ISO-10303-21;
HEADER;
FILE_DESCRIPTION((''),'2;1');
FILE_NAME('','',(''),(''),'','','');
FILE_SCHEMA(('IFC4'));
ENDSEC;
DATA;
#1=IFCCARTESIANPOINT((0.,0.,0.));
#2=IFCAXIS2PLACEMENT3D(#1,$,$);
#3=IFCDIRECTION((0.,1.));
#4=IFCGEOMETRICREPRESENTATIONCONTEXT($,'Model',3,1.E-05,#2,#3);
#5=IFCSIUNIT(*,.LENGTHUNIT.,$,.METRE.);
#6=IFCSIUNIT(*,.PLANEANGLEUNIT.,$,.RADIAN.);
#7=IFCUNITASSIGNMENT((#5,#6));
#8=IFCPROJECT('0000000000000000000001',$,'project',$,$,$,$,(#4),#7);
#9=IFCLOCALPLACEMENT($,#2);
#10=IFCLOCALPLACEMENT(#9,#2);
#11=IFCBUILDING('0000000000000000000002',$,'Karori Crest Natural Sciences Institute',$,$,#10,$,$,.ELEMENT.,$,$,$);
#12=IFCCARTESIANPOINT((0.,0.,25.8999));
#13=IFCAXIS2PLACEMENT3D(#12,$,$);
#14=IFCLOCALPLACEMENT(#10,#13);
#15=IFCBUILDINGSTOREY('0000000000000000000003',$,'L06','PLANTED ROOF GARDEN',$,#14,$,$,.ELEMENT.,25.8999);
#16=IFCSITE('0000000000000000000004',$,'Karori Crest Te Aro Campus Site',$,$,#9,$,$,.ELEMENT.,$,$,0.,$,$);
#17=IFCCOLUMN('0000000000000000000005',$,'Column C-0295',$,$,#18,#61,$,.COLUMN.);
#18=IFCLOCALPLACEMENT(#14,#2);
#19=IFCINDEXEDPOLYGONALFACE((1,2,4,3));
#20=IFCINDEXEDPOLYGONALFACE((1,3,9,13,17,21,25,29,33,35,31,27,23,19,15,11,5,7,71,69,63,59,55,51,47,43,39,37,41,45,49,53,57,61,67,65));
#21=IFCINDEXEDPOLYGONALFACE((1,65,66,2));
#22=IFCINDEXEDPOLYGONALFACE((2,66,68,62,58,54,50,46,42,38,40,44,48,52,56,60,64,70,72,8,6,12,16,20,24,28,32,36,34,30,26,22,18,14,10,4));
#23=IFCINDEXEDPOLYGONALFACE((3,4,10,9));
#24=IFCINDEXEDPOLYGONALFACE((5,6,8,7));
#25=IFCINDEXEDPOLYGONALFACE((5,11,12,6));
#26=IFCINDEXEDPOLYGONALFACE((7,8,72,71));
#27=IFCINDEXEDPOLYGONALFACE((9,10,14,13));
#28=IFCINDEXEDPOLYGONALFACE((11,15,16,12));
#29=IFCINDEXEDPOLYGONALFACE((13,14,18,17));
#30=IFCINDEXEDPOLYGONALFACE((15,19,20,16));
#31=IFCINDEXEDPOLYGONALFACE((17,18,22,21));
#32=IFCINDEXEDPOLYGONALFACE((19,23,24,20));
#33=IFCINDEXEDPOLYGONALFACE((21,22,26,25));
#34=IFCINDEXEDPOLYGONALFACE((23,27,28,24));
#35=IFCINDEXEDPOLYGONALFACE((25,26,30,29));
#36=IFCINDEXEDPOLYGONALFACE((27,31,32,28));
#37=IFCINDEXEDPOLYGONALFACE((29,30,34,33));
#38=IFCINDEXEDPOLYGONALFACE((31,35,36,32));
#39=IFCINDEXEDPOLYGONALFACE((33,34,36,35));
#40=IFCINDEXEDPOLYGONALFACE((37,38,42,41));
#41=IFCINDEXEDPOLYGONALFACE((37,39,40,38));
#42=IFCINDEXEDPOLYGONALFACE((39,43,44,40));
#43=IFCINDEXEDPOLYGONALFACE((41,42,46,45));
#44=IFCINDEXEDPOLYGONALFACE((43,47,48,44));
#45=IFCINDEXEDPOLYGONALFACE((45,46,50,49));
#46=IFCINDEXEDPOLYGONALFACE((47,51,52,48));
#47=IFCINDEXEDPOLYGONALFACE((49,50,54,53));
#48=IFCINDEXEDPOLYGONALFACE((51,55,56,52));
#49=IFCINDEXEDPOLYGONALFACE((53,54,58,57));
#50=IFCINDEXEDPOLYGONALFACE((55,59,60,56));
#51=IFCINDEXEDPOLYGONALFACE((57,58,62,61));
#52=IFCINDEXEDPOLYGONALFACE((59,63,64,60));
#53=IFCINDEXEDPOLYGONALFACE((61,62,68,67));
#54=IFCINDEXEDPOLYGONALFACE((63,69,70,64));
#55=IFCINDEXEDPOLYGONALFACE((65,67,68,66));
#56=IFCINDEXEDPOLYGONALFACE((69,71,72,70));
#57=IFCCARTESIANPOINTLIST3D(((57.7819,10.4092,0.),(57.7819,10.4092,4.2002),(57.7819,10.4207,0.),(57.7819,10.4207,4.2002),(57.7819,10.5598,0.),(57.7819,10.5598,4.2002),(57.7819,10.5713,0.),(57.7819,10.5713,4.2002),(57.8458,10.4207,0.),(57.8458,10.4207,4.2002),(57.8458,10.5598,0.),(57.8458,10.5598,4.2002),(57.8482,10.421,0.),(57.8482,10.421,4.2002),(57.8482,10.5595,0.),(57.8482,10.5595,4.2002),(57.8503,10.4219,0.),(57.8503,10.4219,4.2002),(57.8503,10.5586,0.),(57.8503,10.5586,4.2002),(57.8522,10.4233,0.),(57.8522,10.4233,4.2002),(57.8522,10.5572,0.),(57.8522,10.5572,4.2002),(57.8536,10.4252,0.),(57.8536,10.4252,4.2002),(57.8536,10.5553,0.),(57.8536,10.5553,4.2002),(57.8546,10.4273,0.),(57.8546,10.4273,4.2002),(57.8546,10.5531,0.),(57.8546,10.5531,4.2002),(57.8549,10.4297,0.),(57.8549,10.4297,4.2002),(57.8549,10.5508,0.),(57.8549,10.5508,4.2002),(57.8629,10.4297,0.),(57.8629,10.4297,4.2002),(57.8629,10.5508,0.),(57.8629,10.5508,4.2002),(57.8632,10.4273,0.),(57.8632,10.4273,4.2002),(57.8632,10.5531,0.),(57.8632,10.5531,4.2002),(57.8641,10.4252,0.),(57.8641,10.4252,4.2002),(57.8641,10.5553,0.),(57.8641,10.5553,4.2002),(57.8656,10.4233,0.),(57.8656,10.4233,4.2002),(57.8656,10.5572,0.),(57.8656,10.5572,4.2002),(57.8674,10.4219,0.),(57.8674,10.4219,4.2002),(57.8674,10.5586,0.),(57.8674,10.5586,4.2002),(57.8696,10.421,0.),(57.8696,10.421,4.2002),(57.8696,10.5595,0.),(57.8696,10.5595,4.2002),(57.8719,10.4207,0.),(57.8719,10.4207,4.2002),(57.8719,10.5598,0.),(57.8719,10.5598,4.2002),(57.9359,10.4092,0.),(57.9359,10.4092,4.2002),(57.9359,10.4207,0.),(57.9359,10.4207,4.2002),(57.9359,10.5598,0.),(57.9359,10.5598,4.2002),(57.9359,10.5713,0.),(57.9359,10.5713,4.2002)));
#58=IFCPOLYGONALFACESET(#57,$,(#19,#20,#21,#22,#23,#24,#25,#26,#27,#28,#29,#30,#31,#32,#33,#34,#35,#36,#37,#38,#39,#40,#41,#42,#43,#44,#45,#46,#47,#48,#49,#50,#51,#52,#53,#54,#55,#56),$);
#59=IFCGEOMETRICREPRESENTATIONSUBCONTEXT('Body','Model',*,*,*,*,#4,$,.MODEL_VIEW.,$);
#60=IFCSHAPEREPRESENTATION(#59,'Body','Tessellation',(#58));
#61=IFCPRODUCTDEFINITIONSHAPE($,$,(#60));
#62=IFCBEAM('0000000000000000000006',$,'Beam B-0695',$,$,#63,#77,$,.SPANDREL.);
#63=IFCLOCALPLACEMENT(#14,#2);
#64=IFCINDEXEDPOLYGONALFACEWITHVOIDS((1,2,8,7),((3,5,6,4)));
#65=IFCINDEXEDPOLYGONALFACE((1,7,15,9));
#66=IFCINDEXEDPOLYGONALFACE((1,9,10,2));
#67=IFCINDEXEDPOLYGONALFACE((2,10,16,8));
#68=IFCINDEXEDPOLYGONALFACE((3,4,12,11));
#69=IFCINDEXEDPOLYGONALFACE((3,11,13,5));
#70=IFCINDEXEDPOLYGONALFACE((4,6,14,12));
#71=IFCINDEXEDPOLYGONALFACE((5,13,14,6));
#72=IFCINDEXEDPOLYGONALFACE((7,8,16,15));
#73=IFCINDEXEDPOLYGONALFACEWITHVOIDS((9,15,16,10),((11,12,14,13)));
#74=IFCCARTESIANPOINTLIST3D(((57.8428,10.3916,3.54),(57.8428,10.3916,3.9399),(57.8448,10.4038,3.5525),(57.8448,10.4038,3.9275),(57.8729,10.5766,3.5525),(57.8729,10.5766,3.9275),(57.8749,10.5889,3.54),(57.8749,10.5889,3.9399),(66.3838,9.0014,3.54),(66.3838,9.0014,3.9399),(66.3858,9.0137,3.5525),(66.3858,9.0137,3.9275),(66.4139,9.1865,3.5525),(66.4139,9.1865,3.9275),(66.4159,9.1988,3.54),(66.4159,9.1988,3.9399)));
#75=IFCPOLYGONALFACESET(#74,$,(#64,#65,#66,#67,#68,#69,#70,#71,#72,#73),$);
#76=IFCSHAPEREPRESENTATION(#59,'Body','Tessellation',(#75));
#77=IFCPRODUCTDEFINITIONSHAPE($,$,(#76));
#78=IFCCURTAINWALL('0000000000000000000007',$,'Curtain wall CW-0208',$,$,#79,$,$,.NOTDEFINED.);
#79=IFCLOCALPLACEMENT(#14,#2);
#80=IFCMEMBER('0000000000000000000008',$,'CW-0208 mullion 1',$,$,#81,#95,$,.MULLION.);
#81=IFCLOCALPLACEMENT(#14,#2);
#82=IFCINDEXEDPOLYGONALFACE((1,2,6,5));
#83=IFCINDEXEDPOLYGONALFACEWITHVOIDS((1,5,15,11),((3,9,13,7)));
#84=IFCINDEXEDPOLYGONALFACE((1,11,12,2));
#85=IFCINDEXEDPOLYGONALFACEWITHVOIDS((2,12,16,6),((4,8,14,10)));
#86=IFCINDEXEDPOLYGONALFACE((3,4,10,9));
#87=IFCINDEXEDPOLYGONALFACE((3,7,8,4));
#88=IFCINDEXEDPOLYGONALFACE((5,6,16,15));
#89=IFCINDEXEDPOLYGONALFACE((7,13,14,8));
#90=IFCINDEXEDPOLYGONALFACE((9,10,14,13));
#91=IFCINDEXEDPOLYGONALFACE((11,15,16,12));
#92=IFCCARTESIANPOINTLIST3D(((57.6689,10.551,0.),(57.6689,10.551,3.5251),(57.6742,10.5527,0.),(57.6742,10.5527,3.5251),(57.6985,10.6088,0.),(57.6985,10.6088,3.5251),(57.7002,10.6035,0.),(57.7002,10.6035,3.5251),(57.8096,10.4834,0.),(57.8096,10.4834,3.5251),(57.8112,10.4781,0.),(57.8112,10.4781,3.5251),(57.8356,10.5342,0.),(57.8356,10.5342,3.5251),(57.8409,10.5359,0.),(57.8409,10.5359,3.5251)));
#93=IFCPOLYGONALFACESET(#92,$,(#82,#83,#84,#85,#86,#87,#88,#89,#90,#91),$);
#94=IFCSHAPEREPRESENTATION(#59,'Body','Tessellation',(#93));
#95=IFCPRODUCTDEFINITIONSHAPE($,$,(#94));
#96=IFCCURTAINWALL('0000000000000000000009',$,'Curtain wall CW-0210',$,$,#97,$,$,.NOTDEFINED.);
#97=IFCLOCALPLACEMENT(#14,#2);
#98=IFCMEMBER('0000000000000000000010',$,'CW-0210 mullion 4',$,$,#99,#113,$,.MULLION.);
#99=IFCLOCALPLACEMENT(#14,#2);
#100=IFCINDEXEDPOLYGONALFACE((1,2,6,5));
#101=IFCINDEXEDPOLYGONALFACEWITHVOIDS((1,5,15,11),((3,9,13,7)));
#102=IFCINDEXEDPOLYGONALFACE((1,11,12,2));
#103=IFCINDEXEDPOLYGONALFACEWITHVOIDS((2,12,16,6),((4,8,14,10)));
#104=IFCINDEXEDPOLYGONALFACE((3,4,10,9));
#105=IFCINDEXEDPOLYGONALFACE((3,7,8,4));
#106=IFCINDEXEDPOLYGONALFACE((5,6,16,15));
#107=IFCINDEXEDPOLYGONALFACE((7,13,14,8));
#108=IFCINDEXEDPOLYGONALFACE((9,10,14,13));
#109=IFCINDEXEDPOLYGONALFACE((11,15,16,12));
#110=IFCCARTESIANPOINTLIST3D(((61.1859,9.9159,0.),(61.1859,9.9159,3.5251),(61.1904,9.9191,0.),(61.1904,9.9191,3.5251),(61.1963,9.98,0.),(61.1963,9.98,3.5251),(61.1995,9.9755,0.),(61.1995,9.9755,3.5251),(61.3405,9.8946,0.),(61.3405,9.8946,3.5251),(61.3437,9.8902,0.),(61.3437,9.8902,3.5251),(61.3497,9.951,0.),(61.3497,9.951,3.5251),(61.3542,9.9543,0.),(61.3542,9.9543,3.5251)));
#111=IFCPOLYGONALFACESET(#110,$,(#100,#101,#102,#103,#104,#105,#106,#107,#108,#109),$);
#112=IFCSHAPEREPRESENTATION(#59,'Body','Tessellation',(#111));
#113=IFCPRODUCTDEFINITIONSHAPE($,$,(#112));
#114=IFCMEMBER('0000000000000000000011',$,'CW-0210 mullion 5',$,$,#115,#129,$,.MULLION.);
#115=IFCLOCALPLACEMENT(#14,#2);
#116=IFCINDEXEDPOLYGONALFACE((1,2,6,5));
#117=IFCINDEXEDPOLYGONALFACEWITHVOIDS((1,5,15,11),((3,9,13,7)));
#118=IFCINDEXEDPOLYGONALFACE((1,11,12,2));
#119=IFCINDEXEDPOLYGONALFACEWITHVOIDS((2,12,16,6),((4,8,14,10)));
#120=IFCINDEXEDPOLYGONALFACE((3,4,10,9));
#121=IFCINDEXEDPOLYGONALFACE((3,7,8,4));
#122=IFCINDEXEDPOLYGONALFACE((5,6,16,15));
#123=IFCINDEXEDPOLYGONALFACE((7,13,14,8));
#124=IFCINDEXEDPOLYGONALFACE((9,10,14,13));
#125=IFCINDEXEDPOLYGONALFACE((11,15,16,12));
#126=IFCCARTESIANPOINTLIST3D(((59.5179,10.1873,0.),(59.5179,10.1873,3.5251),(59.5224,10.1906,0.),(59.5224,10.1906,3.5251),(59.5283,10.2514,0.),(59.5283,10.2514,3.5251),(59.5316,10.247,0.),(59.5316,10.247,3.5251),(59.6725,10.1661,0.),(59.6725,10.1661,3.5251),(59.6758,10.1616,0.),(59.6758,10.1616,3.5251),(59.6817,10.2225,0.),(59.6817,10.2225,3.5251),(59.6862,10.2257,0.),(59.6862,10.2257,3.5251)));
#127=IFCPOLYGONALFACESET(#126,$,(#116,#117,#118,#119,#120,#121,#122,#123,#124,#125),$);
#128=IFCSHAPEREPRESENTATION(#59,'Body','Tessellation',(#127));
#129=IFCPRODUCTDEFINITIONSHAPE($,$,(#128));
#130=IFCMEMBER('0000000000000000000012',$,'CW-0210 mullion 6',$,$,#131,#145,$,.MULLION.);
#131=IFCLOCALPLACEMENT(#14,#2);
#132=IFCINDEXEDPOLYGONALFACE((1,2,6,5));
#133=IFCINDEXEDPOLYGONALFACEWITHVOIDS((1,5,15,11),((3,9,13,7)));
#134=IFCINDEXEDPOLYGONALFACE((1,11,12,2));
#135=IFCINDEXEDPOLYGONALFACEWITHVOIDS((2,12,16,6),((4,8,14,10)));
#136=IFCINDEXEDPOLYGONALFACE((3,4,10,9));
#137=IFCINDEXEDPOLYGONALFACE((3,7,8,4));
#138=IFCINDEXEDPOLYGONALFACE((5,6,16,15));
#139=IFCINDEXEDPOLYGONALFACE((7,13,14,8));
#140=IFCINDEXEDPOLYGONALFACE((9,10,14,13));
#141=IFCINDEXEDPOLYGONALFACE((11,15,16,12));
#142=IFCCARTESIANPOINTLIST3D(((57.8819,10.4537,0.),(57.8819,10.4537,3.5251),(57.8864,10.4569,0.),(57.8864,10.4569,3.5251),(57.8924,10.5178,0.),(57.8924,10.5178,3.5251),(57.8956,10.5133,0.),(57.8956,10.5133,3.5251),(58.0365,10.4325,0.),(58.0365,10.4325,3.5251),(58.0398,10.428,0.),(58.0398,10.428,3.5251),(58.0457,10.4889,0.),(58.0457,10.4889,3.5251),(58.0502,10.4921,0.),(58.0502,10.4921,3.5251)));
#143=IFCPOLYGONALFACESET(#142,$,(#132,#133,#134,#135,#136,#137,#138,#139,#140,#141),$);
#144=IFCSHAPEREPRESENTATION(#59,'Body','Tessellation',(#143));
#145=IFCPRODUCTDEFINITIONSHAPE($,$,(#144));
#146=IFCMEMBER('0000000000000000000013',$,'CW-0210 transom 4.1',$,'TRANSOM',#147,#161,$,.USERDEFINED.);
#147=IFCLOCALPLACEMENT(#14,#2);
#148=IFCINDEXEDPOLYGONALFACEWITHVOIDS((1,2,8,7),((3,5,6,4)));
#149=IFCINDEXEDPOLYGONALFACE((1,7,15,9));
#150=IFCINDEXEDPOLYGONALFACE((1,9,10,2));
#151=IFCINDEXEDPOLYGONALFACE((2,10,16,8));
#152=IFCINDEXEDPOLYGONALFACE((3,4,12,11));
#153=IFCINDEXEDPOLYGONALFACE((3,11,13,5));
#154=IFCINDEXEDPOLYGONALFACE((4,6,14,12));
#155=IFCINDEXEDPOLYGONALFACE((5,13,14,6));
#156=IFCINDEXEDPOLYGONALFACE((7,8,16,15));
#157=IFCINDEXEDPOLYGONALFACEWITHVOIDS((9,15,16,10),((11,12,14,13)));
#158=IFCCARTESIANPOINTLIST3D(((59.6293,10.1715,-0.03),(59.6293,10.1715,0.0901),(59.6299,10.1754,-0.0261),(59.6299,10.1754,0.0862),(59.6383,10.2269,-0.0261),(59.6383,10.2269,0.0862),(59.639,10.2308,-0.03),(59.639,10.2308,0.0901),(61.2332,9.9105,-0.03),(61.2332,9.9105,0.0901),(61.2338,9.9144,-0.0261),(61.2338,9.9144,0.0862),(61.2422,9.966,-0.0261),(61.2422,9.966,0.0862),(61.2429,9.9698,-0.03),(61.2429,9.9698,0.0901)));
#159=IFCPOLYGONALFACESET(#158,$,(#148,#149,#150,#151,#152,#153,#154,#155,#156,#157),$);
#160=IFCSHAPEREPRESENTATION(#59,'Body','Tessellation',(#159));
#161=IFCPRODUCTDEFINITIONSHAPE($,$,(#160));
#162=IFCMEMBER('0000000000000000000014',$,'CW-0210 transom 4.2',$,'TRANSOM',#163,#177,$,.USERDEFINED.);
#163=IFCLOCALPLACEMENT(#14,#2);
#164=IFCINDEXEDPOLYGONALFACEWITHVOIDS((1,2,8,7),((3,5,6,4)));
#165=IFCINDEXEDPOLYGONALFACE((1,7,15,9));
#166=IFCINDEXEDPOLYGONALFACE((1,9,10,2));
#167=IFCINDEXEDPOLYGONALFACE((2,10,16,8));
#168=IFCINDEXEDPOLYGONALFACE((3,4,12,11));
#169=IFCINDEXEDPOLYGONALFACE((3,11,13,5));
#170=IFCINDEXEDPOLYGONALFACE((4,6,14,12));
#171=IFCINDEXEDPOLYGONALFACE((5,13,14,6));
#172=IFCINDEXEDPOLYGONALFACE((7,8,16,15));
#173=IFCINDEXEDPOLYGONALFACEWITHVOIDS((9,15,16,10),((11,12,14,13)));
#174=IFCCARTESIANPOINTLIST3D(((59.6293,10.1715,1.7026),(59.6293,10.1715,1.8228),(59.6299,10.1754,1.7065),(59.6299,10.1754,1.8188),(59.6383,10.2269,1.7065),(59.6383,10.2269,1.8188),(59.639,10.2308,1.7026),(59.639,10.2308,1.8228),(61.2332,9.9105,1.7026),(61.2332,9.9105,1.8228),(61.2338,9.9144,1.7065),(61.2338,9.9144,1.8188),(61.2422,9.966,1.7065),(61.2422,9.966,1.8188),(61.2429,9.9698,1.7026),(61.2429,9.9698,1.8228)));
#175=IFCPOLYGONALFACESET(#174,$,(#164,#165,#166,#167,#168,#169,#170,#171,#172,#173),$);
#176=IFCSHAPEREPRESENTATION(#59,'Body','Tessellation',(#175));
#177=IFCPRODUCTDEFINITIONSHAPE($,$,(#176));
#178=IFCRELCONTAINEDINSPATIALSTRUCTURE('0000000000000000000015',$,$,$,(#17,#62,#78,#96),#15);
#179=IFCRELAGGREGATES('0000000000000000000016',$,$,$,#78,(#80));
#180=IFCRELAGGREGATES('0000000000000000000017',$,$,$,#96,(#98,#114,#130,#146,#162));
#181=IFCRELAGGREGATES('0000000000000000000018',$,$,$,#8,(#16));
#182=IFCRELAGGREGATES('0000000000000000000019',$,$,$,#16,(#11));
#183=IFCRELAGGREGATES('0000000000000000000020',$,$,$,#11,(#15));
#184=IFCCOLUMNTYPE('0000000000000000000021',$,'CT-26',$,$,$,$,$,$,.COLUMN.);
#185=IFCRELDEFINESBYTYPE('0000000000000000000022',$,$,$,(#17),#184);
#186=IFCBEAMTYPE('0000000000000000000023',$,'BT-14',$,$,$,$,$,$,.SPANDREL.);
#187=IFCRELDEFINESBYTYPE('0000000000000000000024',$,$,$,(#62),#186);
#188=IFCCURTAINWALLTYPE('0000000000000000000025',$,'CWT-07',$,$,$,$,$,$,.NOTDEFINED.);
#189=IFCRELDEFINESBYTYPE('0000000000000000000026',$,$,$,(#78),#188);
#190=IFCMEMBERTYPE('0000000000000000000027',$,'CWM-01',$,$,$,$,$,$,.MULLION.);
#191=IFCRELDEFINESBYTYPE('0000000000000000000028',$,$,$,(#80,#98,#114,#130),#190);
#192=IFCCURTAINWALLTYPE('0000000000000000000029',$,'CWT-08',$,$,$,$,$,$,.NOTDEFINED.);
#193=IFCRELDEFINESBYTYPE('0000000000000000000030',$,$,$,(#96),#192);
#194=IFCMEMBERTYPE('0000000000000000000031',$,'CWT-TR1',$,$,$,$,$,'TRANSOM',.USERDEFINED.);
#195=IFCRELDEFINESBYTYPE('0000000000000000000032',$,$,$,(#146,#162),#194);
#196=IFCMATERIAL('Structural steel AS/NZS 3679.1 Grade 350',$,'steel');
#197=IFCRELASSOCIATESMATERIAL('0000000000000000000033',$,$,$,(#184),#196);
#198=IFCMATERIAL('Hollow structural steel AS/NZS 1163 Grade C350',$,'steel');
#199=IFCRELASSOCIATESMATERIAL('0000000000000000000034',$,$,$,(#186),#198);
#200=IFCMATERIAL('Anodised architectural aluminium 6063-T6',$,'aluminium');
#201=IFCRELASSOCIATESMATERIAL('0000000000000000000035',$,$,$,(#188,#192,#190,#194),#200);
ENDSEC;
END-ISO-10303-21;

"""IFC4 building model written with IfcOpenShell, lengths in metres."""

from ifc_helpers import new_model, si_unit, direction, frame, origin, origin_2d, place, context, subcontext, project, spatial, hollow_rectangle, i_section, extrude, material, material_profile, profile_set, type_object, element, aggregate, save


model = new_model("IFC4")

# Units and contexts
model_context = context("Model", 3, precision=1e-05, world=origin(), true_north=direction((0.0, 1.0)))
body_context = subcontext(model_context, "Body", "Model", "MODEL_VIEW")
ifc_project = project(units=[si_unit("LENGTHUNIT", "METRE"), si_unit("PLANEANGLEUNIT", "RADIAN")], contexts=[model_context])

# Site, building, storey
site_placement = place(None, origin())
site = spatial("IfcSite", under=ifc_project, at=site_placement, Name="Karori Crest Te Aro Campus Site", CompositionType="ELEMENT", RefElevation=0.0)
building_placement = place(site_placement, origin())
building = spatial("IfcBuilding", under=site, at=building_placement, Name="Karori Crest Natural Sciences Institute", CompositionType="ELEMENT")
storey_placement = place(building_placement, frame((0.0, 0.0, 25.8999)))
storey = spatial("IfcBuildingStorey", under=building, at=storey_placement, Name="L06", Description="PLANTED ROOF GARDEN", CompositionType="ELEMENT", Elevation=25.8999)

# Column
ifc_material_1 = material(Name="Structural steel AS/NZS 3679.1 Grade 350", Category="steel")
ifc_material_profile_1 = material_profile(ifc_material_1, i_section(OverallWidth=0.1541, OverallDepth=0.1621, WebThickness=0.0081, FlangeThickness=0.0115, FilletRadius=0.009, at=origin_2d()), Name="150UC37.2")
ifc_profile_set_1 = profile_set([ifc_material_profile_1], Name="Structural steel AS/NZS 3679.1 Grade 350")
column_type = type_object("IfcColumnType", Name="CT-26", PredefinedType="COLUMN", material=ifc_profile_set_1)
column_placement = place(storey_placement, frame((57.8589, 10.4902, 0.0), z_axis=(0.0, 0.0, 1.0), x_axis=(1.0, 0.0, 0.0)))
element("IfcColumn", 1, at=column_placement, inside=storey, type_object=column_type, Name="Column C-0295", PredefinedType="COLUMN", context=body_context, shape_type="SweptSolid", body=[
    extrude(i_section(OverallWidth=0.1541, OverallDepth=0.1621, WebThickness=0.0081, FlangeThickness=0.0115, FilletRadius=0.009, at=origin_2d()), origin(), (0.0, 0.0, 1.0), 4.2002),
])

# Beam
ifc_material_2 = material(Name="Hollow structural steel AS/NZS 1163 Grade C350", Category="steel")
ifc_material_profile_2 = material_profile(ifc_material_2, hollow_rectangle(XDim=0.2, YDim=0.3999, WallThickness=0.0125, at=origin_2d()), Name="RHS400x200x12.5")
ifc_profile_set_2 = profile_set([ifc_material_profile_2], Name="Hollow structural steel AS/NZS 1163 Grade C350")
beam_type = type_object("IfcBeamType", Name="BT-14", PredefinedType="SPANDREL", material=ifc_profile_set_2)
beam_placement = place(storey_placement, frame((57.8589, 10.4902, 3.74), z_axis=(0.987012, -0.160646, 0.0), x_axis=(0.160646, 0.987012, 0.0)))
element("IfcBeam", 2, at=beam_placement, inside=storey, type_object=beam_type, Name="Beam B-0695", PredefinedType="SPANDREL", context=body_context, shape_type="SweptSolid", body=[
    extrude(hollow_rectangle(XDim=0.2, YDim=0.3999, WallThickness=0.0125, at=origin_2d()), origin(), (0.0, 0.0, 1.0), 8.6533),
])

# Curtain wall, member
ifc_material_3 = material(Name="Anodised architectural aluminium 6063-T6", Category="aluminium")
curtain_wall_type_1 = type_object("IfcCurtainWallType", Name="CWT-07", PredefinedType="NOTDEFINED", material=ifc_material_3)
curtain_wall_1_placement = place(storey_placement, origin())
curtain_wall_1 = element("IfcCurtainWall", 3, at=curtain_wall_1_placement, inside=storey, type_object=curtain_wall_type_1, Name="Curtain wall CW-0208", PredefinedType="NOTDEFINED")
ifc_material_profile_3 = material_profile(ifc_material_3, hollow_rectangle(XDim=0.0649, YDim=0.1599, WallThickness=0.0039, at=origin_2d()), Name="CWM160x65x4")
ifc_profile_set_3 = profile_set([ifc_material_profile_3], Name="Anodised architectural aluminium 6063-T6")
member_type_1 = type_object("IfcMemberType", Name="CWM-01", PredefinedType="MULLION", material=ifc_profile_set_3)
member_1_placement = place(storey_placement, frame((57.7549, 10.5435, 0.0), z_axis=(0.0, 0.0, 1.0), x_axis=(-0.455829, -0.890067, 0.0)))
member_1 = element("IfcMember", 4, at=member_1_placement, type_object=member_type_1, Name="CW-0208 mullion 1", PredefinedType="MULLION", context=body_context, shape_type="SweptSolid", body=[
    extrude(hollow_rectangle(XDim=0.0649, YDim=0.1599, WallThickness=0.0039, at=origin_2d()), origin(), (0.0, 0.0, 1.0), 3.5251),
])

# Curtain wall, members
curtain_wall_type_2 = type_object("IfcCurtainWallType", Name="CWT-08", PredefinedType="NOTDEFINED", material=ifc_material_3)
curtain_wall_2_placement = place(storey_placement, origin())
curtain_wall_2 = element("IfcCurtainWall", 5, at=curtain_wall_2_placement, inside=storey, type_object=curtain_wall_type_2, Name="Curtain wall CW-0210", PredefinedType="NOTDEFINED")
member_2_placement = place(storey_placement, frame((61.27, 9.9351, 0.0), z_axis=(0.0, 0.0, 1.0), x_axis=(-0.160655, -0.987011, 0.0)))
member_2 = element("IfcMember", 6, at=member_2_placement, type_object=member_type_1, Name="CW-0210 mullion 4", PredefinedType="MULLION", context=body_context, shape_type="SweptSolid", body=[
    extrude(hollow_rectangle(XDim=0.0649, YDim=0.1599, WallThickness=0.0039, at=origin_2d()), origin(), (0.0, 0.0, 1.0), 3.5251),
])
member_3_placement = place(storey_placement, frame((59.6021, 10.2065, 0.0), z_axis=(0.0, 0.0, 1.0), x_axis=(-0.160655, -0.987011, 0.0)))
member_3 = element("IfcMember", 7, at=member_3_placement, type_object=member_type_1, Name="CW-0210 mullion 5", PredefinedType="MULLION", context=body_context, shape_type="SweptSolid", body=[
    extrude(hollow_rectangle(XDim=0.0649, YDim=0.1599, WallThickness=0.0039, at=origin_2d()), origin(), (0.0, 0.0, 1.0), 3.5251),
])
member_4_placement = place(storey_placement, frame((57.9661, 10.4729, 0.0), z_axis=(0.0, 0.0, 1.0), x_axis=(-0.160655, -0.987011, 0.0)))
member_4 = element("IfcMember", 8, at=member_4_placement, type_object=member_type_1, Name="CW-0210 mullion 6", PredefinedType="MULLION", context=body_context, shape_type="SweptSolid", body=[
    extrude(hollow_rectangle(XDim=0.0649, YDim=0.1599, WallThickness=0.0039, at=origin_2d()), origin(), (0.0, 0.0, 1.0), 3.5251),
])
ifc_material_profile_4 = material_profile(ifc_material_3, hollow_rectangle(XDim=0.0601, YDim=0.1201, WallThickness=0.0039, at=origin_2d()), Name="CWT120x60x4")
ifc_profile_set_4 = profile_set([ifc_material_profile_4], Name="Anodised architectural aluminium 6063-T6")
member_type_2 = type_object("IfcMemberType", Name="CWT-TR1", ElementType="TRANSOM", PredefinedType="USERDEFINED", material=ifc_profile_set_4)
member_5_placement = place(storey_placement, frame((61.238, 9.9402, 0.03), z_axis=(-0.98702, 0.160597, 0.0), x_axis=(-0.160597, -0.98702, 0.0)))
member_5 = element("IfcMember", 9, at=member_5_placement, type_object=member_type_2, Name="CW-0210 transom 4.1", ObjectType="TRANSOM", PredefinedType="USERDEFINED", context=body_context, shape_type="SweptSolid", body=[
    extrude(hollow_rectangle(XDim=0.0601, YDim=0.1201, WallThickness=0.0039, at=origin_2d()), origin(), (0.0, 0.0, 1.0), 1.625),
])
member_6_placement = place(storey_placement, frame((61.238, 9.9402, 1.7627), z_axis=(-0.98702, 0.160597, 0.0), x_axis=(-0.160597, -0.98702, 0.0)))
member_6 = element("IfcMember", 10, at=member_6_placement, type_object=member_type_2, Name="CW-0210 transom 4.2", ObjectType="TRANSOM", PredefinedType="USERDEFINED", context=body_context, shape_type="SweptSolid", body=[
    extrude(hollow_rectangle(XDim=0.0601, YDim=0.1201, WallThickness=0.0039, at=origin_2d()), origin(), (0.0, 0.0, 1.0), 1.625),
])

aggregate(curtain_wall_1, [member_1])

aggregate(curtain_wall_2, [member_2, member_3, member_4, member_5, member_6])

save(model, "model.ifc")
